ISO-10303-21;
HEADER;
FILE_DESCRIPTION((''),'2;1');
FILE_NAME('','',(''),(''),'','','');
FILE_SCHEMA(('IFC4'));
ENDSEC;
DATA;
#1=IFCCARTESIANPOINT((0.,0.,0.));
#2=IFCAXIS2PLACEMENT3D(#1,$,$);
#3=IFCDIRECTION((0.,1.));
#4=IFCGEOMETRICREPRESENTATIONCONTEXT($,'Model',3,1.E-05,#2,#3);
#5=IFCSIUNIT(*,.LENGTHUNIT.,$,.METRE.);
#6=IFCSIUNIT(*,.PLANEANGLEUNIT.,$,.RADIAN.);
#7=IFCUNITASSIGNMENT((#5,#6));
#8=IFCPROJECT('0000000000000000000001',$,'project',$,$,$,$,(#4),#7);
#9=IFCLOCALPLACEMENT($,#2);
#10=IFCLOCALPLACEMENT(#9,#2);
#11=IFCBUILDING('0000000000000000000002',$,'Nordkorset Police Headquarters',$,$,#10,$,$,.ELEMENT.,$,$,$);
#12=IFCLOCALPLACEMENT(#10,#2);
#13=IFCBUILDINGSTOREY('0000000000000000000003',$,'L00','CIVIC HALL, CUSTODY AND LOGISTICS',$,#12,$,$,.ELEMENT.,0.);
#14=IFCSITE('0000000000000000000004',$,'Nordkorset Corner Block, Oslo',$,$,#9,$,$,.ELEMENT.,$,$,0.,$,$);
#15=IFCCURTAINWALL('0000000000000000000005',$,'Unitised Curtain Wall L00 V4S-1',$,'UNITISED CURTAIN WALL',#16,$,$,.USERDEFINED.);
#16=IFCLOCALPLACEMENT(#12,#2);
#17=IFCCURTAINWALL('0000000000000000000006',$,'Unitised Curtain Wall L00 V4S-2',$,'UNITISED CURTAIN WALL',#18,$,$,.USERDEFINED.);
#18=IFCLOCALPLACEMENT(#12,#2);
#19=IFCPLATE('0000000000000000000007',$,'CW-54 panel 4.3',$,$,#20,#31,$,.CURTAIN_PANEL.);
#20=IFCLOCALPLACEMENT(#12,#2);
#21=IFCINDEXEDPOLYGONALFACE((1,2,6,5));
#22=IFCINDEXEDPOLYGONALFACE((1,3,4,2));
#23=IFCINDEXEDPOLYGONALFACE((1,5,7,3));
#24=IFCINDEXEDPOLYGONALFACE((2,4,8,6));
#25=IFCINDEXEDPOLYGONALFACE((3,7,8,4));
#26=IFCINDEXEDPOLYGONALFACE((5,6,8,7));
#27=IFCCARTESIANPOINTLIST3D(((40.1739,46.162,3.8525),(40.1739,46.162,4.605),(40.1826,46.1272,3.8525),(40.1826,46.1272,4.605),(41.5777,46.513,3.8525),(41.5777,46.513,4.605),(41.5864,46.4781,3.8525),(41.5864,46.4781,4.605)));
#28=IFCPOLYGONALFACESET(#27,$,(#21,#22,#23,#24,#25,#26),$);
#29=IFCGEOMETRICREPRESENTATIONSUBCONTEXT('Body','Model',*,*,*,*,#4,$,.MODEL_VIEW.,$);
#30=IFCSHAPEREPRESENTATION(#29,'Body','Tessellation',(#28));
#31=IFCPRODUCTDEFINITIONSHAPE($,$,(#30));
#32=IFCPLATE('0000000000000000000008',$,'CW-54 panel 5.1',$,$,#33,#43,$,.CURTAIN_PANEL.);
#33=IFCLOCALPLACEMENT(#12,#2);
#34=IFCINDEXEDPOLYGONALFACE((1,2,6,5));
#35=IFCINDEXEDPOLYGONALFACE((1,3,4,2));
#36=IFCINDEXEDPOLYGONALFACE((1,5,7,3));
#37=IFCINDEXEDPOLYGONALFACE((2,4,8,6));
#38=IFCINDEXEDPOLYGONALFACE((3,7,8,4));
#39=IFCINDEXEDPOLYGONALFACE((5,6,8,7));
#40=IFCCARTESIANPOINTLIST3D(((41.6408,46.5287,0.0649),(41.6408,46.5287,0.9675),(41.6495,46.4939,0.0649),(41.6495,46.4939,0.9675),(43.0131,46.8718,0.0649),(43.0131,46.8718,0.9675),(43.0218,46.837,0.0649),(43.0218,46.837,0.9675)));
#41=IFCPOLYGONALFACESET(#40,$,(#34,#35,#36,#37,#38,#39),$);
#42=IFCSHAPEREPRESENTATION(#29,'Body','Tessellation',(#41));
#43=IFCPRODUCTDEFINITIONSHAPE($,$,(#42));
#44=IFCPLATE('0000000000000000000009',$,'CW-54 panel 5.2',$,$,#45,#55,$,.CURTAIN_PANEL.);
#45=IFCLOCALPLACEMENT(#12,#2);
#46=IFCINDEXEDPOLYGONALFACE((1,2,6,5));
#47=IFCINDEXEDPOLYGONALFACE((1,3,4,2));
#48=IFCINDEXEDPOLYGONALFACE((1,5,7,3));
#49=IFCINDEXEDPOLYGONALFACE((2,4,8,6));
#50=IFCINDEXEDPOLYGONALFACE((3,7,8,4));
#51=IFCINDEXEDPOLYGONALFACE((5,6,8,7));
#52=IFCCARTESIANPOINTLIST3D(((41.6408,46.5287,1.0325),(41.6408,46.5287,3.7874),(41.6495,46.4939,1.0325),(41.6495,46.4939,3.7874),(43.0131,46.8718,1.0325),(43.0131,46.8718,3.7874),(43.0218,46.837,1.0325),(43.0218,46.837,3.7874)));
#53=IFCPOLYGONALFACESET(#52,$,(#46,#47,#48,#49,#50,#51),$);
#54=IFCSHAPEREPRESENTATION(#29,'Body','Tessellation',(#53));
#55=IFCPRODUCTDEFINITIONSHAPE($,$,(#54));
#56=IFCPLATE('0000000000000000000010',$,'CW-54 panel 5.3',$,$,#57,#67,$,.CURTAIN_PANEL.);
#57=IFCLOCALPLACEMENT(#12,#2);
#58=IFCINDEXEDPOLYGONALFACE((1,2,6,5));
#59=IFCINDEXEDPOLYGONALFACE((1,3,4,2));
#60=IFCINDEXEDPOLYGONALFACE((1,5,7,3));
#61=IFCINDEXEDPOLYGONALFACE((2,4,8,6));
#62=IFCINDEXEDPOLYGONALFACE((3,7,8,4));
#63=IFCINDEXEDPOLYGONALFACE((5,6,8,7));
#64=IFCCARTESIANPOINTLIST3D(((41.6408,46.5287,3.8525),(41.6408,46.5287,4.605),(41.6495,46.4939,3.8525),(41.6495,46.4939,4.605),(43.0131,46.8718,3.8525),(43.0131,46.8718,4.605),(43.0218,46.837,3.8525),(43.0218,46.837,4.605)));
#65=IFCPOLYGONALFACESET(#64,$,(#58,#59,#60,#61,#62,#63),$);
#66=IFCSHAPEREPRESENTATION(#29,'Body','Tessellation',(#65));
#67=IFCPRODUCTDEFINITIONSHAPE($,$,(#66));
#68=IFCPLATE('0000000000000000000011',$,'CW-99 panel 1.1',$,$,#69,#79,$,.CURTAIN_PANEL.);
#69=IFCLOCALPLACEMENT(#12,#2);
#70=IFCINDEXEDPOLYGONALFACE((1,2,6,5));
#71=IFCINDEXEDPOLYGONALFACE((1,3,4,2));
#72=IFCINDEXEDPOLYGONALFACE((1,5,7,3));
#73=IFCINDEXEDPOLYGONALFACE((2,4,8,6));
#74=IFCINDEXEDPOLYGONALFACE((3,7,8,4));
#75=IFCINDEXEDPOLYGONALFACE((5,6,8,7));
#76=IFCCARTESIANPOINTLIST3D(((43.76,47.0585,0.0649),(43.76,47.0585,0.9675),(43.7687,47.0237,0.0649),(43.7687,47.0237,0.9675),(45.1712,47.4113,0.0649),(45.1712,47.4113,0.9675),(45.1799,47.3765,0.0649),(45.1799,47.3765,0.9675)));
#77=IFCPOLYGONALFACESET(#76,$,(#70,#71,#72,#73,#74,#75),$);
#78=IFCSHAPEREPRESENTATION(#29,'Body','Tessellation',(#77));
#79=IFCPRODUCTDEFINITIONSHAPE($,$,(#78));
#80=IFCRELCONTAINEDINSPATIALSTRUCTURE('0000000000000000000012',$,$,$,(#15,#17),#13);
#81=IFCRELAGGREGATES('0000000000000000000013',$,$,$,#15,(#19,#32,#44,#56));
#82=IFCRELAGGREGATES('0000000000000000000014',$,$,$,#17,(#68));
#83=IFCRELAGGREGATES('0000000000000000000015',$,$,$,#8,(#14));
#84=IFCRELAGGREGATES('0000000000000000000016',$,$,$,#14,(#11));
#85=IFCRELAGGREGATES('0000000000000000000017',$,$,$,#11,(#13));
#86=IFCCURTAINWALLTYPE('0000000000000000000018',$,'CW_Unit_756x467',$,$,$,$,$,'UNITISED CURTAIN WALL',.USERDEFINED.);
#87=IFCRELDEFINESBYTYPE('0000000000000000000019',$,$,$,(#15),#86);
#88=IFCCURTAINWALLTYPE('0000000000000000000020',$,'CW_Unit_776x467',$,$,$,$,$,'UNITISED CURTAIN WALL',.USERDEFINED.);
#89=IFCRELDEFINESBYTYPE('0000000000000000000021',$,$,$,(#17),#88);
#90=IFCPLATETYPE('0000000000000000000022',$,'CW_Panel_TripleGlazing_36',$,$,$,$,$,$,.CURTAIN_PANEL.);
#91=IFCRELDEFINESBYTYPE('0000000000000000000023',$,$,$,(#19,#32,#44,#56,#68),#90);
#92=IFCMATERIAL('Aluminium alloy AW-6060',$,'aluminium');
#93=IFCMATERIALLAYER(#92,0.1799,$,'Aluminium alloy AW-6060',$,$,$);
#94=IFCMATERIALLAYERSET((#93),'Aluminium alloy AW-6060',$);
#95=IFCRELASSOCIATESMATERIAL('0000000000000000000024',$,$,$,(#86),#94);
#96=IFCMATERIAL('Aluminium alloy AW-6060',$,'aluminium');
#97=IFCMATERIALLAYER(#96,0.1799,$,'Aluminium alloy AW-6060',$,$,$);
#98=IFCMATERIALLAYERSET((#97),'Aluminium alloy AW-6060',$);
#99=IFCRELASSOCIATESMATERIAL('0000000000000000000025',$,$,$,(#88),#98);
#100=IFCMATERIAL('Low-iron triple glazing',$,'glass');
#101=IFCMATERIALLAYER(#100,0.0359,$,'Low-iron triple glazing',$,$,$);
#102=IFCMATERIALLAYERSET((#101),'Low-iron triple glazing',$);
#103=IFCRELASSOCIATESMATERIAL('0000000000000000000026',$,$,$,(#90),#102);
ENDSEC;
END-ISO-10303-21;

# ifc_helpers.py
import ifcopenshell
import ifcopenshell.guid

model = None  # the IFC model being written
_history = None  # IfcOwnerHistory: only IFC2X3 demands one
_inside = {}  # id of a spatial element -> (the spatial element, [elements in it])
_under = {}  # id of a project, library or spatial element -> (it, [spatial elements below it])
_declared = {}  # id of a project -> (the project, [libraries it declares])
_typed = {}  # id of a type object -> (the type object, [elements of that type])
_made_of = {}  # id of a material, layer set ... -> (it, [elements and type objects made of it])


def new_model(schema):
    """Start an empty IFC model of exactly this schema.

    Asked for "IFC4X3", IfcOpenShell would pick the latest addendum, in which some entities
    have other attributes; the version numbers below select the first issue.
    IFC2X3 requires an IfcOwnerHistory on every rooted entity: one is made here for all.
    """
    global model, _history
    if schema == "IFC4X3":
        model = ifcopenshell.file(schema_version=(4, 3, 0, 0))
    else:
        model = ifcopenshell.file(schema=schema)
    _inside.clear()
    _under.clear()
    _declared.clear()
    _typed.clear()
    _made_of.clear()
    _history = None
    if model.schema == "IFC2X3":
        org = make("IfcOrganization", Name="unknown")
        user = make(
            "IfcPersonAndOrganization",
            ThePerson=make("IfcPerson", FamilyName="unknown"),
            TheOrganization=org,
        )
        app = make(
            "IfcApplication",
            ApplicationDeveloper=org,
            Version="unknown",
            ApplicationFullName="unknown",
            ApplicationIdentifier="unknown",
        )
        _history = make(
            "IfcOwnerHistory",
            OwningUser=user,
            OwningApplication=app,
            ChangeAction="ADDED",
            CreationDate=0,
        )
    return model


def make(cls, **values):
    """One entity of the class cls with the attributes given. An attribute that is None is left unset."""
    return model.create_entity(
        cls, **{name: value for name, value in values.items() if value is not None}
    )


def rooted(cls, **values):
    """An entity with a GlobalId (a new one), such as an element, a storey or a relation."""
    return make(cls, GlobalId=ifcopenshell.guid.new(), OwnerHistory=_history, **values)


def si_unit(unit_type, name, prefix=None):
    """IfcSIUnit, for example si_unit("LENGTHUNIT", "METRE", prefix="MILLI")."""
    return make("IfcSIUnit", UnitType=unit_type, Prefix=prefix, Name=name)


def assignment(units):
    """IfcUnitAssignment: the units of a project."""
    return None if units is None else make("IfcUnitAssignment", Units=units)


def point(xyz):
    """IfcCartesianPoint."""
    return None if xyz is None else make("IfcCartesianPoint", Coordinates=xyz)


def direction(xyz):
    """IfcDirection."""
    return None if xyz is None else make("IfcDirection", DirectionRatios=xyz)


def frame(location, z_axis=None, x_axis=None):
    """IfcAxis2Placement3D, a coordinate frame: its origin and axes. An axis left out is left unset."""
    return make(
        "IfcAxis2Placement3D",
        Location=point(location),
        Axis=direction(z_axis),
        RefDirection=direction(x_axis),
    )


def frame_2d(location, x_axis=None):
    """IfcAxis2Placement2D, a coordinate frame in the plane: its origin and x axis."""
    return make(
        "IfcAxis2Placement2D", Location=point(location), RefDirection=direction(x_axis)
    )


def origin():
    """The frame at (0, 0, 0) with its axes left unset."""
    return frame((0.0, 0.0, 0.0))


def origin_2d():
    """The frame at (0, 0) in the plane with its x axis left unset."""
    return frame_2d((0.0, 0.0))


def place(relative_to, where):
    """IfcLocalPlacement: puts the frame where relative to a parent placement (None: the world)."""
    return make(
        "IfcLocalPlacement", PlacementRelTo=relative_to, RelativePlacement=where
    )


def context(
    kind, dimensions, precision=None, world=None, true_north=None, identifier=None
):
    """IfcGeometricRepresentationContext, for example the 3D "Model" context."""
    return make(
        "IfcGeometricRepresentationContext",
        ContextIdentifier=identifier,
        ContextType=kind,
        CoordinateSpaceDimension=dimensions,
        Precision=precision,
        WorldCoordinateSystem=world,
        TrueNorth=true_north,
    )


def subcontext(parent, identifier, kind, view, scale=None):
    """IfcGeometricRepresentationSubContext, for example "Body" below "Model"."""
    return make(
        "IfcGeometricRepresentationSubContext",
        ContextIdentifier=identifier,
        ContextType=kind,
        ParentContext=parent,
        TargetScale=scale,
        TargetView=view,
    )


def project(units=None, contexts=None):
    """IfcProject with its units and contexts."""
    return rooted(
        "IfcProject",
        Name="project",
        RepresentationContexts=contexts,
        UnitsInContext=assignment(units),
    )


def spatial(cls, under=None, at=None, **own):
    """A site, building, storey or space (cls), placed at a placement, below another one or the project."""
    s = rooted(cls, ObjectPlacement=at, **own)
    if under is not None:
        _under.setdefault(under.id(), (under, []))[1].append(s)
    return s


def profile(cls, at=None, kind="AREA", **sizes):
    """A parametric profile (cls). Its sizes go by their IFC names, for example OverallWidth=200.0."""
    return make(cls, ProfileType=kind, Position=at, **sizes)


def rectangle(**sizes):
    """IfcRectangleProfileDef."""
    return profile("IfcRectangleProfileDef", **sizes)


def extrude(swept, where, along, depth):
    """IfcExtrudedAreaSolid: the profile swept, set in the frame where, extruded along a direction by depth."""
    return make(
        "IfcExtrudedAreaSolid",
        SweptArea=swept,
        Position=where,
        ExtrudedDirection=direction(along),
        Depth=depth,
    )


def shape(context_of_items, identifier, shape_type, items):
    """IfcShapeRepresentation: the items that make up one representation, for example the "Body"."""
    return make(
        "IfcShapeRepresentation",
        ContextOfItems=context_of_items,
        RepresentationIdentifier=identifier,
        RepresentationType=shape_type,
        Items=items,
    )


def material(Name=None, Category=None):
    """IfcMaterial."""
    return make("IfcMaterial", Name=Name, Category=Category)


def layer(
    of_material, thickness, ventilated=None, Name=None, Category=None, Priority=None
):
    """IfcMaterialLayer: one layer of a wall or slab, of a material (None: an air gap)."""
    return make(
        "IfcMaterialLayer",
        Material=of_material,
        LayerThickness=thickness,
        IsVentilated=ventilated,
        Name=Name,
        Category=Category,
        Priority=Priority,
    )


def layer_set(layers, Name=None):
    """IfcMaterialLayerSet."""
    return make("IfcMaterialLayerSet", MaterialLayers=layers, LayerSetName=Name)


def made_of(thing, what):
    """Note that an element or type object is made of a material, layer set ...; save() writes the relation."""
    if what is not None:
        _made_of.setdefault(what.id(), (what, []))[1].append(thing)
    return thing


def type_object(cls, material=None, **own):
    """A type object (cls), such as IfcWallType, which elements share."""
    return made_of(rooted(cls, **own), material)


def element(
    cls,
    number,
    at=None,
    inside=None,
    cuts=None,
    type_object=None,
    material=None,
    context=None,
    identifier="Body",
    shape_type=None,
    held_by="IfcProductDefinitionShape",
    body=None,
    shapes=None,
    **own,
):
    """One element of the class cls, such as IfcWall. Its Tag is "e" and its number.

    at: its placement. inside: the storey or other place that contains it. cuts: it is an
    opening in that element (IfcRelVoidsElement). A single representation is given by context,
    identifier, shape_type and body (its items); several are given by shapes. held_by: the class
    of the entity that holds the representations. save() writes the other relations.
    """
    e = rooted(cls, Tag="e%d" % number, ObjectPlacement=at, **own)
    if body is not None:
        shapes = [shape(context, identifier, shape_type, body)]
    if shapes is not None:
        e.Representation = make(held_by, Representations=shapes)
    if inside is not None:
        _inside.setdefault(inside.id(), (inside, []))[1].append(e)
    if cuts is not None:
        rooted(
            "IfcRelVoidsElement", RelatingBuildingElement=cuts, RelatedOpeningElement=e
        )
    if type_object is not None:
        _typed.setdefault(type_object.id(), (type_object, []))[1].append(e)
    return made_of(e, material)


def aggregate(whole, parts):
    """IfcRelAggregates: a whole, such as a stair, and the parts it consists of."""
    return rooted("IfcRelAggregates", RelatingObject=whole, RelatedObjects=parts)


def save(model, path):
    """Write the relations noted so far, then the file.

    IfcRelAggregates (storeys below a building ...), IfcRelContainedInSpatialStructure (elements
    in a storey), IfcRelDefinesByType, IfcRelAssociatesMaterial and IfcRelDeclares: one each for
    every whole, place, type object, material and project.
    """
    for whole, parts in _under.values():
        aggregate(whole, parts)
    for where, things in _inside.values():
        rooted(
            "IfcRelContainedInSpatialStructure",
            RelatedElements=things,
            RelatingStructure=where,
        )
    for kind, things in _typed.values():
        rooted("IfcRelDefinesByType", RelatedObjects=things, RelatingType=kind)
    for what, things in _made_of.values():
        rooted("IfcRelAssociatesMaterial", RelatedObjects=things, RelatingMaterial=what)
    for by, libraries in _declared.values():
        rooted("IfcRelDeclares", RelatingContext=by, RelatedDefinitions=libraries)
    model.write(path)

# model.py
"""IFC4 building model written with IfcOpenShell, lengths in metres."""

from ifc_helpers import new_model, si_unit, direction, frame, origin, origin_2d, place, context, subcontext, project, spatial, rectangle, extrude, material, layer, layer_set, type_object, element, aggregate, save


model = new_model("IFC4")

# Units and contexts
model_context = context("Model", 3, precision=1e-05, world=origin(), true_north=direction((0.0, 1.0)))
body_context = subcontext(model_context, "Body", "Model", "MODEL_VIEW")
ifc_project = project(units=[si_unit("LENGTHUNIT", "METRE"), si_unit("PLANEANGLEUNIT", "RADIAN")], contexts=[model_context])

# Site, building, storey
site_placement = place(None, origin())
site = spatial("IfcSite", under=ifc_project, at=site_placement, Name="Nordkorset Corner Block, Oslo", CompositionType="ELEMENT", RefElevation=0.0)
building_placement = place(site_placement, origin())
building = spatial("IfcBuilding", under=site, at=building_placement, Name="Nordkorset Police Headquarters", CompositionType="ELEMENT")
storey_placement = place(building_placement, origin())
storey = spatial("IfcBuildingStorey", under=building, at=storey_placement, Name="L00", Description="CIVIC HALL, CUSTODY AND LOGISTICS", CompositionType="ELEMENT", Elevation=0.0)

# Curtain wall
ifc_material_1 = material(Name="Aluminium alloy AW-6060", Category="aluminium")
ifc_layer_1 = layer(ifc_material_1, 0.1799, Name="Aluminium alloy AW-6060")
ifc_layer_set_1 = layer_set([ifc_layer_1], Name="Aluminium alloy AW-6060")
curtain_wall_type_1 = type_object("IfcCurtainWallType", Name="CW_Unit_756x467", ElementType="UNITISED CURTAIN WALL", PredefinedType="USERDEFINED", material=ifc_layer_set_1)
curtain_wall_1_placement = place(storey_placement, origin())
curtain_wall_1 = element("IfcCurtainWall", 1, at=curtain_wall_1_placement, inside=storey, type_object=curtain_wall_type_1, Name="Unitised Curtain Wall L00 V4S-1", ObjectType="UNITISED CURTAIN WALL", PredefinedType="USERDEFINED")

# Curtain wall
ifc_material_2 = material(Name="Aluminium alloy AW-6060", Category="aluminium")
ifc_layer_2 = layer(ifc_material_2, 0.1799, Name="Aluminium alloy AW-6060")
ifc_layer_set_2 = layer_set([ifc_layer_2], Name="Aluminium alloy AW-6060")
curtain_wall_type_2 = type_object("IfcCurtainWallType", Name="CW_Unit_776x467", ElementType="UNITISED CURTAIN WALL", PredefinedType="USERDEFINED", material=ifc_layer_set_2)
curtain_wall_2_placement = place(storey_placement, origin())
curtain_wall_2 = element("IfcCurtainWall", 2, at=curtain_wall_2_placement, inside=storey, type_object=curtain_wall_type_2, Name="Unitised Curtain Wall L00 V4S-2", ObjectType="UNITISED CURTAIN WALL", PredefinedType="USERDEFINED")

# Plates
ifc_material_3 = material(Name="Low-iron triple glazing", Category="glass")
ifc_layer_3 = layer(ifc_material_3, 0.0359, Name="Low-iron triple glazing")
ifc_layer_set_3 = layer_set([ifc_layer_3], Name="Low-iron triple glazing")
plate_type = type_object("IfcPlateType", Name="CW_Panel_TripleGlazing_36", PredefinedType="CURTAIN_PANEL", material=ifc_layer_set_3)
plate_1_placement = place(storey_placement, frame((40.8801, 46.3201, 3.8525), z_axis=(0.0, 0.0, 1.0), x_axis=(0.970143, 0.242536, 0.0)))
plate_1 = element("IfcPlate", 3, at=plate_1_placement, type_object=plate_type, Name="CW-54 panel 4.3", PredefinedType="CURTAIN_PANEL", context=body_context, shape_type="SweptSolid", body=[
    extrude(rectangle(XDim=1.447, YDim=0.0359, at=origin_2d()), origin(), (0.0, 0.0, 1.0), 0.7524),
])
plate_2_placement = place(storey_placement, frame((42.3313, 46.6829, 0.0649), z_axis=(0.0, 0.0, 1.0), x_axis=(0.970143, 0.242536, 0.0)))
plate_2 = element("IfcPlate", 4, at=plate_2_placement, type_object=plate_type, Name="CW-54 panel 5.1", PredefinedType="CURTAIN_PANEL", context=body_context, shape_type="SweptSolid", body=[
    extrude(rectangle(XDim=1.4146, YDim=0.0359, at=origin_2d()), origin(), (0.0, 0.0, 1.0), 0.9026),
])
plate_3_placement = place(storey_placement, frame((42.3313, 46.6829, 1.0325), z_axis=(0.0, 0.0, 1.0), x_axis=(0.970143, 0.242536, 0.0)))
plate_3 = element("IfcPlate", 5, at=plate_3_placement, type_object=plate_type, Name="CW-54 panel 5.2", PredefinedType="CURTAIN_PANEL", context=body_context, shape_type="SweptSolid", body=[
    extrude(rectangle(XDim=1.4146, YDim=0.0359, at=origin_2d()), origin(), (0.0, 0.0, 1.0), 2.7549),
])
plate_4_placement = place(storey_placement, frame((42.3313, 46.6829, 3.8525), z_axis=(0.0, 0.0, 1.0), x_axis=(0.970143, 0.242536, 0.0)))
plate_4 = element("IfcPlate", 6, at=plate_4_placement, type_object=plate_type, Name="CW-54 panel 5.3", PredefinedType="CURTAIN_PANEL", context=body_context, shape_type="SweptSolid", body=[
    extrude(rectangle(XDim=1.4146, YDim=0.0359, at=origin_2d()), origin(), (0.0, 0.0, 1.0), 0.7524),
])
aggregate(curtain_wall_1, [plate_1, plate_2, plate_3, plate_4])
plate_5_placement = place(storey_placement, frame((44.47, 47.2175, 0.0649), z_axis=(0.0, 0.0, 1.0), x_axis=(0.970143, 0.242535, 0.0)))
plate_5 = element("IfcPlate", 7, at=plate_5_placement, type_object=plate_type, Name="CW-99 panel 1.1", PredefinedType="CURTAIN_PANEL", context=body_context, shape_type="SweptSolid", body=[
    extrude(rectangle(XDim=1.4546, YDim=0.0359, at=origin_2d()), origin(), (0.0, 0.0, 1.0), 0.9026),
])
aggregate(curtain_wall_2, [plate_5])

save(model, "model.ifc")
